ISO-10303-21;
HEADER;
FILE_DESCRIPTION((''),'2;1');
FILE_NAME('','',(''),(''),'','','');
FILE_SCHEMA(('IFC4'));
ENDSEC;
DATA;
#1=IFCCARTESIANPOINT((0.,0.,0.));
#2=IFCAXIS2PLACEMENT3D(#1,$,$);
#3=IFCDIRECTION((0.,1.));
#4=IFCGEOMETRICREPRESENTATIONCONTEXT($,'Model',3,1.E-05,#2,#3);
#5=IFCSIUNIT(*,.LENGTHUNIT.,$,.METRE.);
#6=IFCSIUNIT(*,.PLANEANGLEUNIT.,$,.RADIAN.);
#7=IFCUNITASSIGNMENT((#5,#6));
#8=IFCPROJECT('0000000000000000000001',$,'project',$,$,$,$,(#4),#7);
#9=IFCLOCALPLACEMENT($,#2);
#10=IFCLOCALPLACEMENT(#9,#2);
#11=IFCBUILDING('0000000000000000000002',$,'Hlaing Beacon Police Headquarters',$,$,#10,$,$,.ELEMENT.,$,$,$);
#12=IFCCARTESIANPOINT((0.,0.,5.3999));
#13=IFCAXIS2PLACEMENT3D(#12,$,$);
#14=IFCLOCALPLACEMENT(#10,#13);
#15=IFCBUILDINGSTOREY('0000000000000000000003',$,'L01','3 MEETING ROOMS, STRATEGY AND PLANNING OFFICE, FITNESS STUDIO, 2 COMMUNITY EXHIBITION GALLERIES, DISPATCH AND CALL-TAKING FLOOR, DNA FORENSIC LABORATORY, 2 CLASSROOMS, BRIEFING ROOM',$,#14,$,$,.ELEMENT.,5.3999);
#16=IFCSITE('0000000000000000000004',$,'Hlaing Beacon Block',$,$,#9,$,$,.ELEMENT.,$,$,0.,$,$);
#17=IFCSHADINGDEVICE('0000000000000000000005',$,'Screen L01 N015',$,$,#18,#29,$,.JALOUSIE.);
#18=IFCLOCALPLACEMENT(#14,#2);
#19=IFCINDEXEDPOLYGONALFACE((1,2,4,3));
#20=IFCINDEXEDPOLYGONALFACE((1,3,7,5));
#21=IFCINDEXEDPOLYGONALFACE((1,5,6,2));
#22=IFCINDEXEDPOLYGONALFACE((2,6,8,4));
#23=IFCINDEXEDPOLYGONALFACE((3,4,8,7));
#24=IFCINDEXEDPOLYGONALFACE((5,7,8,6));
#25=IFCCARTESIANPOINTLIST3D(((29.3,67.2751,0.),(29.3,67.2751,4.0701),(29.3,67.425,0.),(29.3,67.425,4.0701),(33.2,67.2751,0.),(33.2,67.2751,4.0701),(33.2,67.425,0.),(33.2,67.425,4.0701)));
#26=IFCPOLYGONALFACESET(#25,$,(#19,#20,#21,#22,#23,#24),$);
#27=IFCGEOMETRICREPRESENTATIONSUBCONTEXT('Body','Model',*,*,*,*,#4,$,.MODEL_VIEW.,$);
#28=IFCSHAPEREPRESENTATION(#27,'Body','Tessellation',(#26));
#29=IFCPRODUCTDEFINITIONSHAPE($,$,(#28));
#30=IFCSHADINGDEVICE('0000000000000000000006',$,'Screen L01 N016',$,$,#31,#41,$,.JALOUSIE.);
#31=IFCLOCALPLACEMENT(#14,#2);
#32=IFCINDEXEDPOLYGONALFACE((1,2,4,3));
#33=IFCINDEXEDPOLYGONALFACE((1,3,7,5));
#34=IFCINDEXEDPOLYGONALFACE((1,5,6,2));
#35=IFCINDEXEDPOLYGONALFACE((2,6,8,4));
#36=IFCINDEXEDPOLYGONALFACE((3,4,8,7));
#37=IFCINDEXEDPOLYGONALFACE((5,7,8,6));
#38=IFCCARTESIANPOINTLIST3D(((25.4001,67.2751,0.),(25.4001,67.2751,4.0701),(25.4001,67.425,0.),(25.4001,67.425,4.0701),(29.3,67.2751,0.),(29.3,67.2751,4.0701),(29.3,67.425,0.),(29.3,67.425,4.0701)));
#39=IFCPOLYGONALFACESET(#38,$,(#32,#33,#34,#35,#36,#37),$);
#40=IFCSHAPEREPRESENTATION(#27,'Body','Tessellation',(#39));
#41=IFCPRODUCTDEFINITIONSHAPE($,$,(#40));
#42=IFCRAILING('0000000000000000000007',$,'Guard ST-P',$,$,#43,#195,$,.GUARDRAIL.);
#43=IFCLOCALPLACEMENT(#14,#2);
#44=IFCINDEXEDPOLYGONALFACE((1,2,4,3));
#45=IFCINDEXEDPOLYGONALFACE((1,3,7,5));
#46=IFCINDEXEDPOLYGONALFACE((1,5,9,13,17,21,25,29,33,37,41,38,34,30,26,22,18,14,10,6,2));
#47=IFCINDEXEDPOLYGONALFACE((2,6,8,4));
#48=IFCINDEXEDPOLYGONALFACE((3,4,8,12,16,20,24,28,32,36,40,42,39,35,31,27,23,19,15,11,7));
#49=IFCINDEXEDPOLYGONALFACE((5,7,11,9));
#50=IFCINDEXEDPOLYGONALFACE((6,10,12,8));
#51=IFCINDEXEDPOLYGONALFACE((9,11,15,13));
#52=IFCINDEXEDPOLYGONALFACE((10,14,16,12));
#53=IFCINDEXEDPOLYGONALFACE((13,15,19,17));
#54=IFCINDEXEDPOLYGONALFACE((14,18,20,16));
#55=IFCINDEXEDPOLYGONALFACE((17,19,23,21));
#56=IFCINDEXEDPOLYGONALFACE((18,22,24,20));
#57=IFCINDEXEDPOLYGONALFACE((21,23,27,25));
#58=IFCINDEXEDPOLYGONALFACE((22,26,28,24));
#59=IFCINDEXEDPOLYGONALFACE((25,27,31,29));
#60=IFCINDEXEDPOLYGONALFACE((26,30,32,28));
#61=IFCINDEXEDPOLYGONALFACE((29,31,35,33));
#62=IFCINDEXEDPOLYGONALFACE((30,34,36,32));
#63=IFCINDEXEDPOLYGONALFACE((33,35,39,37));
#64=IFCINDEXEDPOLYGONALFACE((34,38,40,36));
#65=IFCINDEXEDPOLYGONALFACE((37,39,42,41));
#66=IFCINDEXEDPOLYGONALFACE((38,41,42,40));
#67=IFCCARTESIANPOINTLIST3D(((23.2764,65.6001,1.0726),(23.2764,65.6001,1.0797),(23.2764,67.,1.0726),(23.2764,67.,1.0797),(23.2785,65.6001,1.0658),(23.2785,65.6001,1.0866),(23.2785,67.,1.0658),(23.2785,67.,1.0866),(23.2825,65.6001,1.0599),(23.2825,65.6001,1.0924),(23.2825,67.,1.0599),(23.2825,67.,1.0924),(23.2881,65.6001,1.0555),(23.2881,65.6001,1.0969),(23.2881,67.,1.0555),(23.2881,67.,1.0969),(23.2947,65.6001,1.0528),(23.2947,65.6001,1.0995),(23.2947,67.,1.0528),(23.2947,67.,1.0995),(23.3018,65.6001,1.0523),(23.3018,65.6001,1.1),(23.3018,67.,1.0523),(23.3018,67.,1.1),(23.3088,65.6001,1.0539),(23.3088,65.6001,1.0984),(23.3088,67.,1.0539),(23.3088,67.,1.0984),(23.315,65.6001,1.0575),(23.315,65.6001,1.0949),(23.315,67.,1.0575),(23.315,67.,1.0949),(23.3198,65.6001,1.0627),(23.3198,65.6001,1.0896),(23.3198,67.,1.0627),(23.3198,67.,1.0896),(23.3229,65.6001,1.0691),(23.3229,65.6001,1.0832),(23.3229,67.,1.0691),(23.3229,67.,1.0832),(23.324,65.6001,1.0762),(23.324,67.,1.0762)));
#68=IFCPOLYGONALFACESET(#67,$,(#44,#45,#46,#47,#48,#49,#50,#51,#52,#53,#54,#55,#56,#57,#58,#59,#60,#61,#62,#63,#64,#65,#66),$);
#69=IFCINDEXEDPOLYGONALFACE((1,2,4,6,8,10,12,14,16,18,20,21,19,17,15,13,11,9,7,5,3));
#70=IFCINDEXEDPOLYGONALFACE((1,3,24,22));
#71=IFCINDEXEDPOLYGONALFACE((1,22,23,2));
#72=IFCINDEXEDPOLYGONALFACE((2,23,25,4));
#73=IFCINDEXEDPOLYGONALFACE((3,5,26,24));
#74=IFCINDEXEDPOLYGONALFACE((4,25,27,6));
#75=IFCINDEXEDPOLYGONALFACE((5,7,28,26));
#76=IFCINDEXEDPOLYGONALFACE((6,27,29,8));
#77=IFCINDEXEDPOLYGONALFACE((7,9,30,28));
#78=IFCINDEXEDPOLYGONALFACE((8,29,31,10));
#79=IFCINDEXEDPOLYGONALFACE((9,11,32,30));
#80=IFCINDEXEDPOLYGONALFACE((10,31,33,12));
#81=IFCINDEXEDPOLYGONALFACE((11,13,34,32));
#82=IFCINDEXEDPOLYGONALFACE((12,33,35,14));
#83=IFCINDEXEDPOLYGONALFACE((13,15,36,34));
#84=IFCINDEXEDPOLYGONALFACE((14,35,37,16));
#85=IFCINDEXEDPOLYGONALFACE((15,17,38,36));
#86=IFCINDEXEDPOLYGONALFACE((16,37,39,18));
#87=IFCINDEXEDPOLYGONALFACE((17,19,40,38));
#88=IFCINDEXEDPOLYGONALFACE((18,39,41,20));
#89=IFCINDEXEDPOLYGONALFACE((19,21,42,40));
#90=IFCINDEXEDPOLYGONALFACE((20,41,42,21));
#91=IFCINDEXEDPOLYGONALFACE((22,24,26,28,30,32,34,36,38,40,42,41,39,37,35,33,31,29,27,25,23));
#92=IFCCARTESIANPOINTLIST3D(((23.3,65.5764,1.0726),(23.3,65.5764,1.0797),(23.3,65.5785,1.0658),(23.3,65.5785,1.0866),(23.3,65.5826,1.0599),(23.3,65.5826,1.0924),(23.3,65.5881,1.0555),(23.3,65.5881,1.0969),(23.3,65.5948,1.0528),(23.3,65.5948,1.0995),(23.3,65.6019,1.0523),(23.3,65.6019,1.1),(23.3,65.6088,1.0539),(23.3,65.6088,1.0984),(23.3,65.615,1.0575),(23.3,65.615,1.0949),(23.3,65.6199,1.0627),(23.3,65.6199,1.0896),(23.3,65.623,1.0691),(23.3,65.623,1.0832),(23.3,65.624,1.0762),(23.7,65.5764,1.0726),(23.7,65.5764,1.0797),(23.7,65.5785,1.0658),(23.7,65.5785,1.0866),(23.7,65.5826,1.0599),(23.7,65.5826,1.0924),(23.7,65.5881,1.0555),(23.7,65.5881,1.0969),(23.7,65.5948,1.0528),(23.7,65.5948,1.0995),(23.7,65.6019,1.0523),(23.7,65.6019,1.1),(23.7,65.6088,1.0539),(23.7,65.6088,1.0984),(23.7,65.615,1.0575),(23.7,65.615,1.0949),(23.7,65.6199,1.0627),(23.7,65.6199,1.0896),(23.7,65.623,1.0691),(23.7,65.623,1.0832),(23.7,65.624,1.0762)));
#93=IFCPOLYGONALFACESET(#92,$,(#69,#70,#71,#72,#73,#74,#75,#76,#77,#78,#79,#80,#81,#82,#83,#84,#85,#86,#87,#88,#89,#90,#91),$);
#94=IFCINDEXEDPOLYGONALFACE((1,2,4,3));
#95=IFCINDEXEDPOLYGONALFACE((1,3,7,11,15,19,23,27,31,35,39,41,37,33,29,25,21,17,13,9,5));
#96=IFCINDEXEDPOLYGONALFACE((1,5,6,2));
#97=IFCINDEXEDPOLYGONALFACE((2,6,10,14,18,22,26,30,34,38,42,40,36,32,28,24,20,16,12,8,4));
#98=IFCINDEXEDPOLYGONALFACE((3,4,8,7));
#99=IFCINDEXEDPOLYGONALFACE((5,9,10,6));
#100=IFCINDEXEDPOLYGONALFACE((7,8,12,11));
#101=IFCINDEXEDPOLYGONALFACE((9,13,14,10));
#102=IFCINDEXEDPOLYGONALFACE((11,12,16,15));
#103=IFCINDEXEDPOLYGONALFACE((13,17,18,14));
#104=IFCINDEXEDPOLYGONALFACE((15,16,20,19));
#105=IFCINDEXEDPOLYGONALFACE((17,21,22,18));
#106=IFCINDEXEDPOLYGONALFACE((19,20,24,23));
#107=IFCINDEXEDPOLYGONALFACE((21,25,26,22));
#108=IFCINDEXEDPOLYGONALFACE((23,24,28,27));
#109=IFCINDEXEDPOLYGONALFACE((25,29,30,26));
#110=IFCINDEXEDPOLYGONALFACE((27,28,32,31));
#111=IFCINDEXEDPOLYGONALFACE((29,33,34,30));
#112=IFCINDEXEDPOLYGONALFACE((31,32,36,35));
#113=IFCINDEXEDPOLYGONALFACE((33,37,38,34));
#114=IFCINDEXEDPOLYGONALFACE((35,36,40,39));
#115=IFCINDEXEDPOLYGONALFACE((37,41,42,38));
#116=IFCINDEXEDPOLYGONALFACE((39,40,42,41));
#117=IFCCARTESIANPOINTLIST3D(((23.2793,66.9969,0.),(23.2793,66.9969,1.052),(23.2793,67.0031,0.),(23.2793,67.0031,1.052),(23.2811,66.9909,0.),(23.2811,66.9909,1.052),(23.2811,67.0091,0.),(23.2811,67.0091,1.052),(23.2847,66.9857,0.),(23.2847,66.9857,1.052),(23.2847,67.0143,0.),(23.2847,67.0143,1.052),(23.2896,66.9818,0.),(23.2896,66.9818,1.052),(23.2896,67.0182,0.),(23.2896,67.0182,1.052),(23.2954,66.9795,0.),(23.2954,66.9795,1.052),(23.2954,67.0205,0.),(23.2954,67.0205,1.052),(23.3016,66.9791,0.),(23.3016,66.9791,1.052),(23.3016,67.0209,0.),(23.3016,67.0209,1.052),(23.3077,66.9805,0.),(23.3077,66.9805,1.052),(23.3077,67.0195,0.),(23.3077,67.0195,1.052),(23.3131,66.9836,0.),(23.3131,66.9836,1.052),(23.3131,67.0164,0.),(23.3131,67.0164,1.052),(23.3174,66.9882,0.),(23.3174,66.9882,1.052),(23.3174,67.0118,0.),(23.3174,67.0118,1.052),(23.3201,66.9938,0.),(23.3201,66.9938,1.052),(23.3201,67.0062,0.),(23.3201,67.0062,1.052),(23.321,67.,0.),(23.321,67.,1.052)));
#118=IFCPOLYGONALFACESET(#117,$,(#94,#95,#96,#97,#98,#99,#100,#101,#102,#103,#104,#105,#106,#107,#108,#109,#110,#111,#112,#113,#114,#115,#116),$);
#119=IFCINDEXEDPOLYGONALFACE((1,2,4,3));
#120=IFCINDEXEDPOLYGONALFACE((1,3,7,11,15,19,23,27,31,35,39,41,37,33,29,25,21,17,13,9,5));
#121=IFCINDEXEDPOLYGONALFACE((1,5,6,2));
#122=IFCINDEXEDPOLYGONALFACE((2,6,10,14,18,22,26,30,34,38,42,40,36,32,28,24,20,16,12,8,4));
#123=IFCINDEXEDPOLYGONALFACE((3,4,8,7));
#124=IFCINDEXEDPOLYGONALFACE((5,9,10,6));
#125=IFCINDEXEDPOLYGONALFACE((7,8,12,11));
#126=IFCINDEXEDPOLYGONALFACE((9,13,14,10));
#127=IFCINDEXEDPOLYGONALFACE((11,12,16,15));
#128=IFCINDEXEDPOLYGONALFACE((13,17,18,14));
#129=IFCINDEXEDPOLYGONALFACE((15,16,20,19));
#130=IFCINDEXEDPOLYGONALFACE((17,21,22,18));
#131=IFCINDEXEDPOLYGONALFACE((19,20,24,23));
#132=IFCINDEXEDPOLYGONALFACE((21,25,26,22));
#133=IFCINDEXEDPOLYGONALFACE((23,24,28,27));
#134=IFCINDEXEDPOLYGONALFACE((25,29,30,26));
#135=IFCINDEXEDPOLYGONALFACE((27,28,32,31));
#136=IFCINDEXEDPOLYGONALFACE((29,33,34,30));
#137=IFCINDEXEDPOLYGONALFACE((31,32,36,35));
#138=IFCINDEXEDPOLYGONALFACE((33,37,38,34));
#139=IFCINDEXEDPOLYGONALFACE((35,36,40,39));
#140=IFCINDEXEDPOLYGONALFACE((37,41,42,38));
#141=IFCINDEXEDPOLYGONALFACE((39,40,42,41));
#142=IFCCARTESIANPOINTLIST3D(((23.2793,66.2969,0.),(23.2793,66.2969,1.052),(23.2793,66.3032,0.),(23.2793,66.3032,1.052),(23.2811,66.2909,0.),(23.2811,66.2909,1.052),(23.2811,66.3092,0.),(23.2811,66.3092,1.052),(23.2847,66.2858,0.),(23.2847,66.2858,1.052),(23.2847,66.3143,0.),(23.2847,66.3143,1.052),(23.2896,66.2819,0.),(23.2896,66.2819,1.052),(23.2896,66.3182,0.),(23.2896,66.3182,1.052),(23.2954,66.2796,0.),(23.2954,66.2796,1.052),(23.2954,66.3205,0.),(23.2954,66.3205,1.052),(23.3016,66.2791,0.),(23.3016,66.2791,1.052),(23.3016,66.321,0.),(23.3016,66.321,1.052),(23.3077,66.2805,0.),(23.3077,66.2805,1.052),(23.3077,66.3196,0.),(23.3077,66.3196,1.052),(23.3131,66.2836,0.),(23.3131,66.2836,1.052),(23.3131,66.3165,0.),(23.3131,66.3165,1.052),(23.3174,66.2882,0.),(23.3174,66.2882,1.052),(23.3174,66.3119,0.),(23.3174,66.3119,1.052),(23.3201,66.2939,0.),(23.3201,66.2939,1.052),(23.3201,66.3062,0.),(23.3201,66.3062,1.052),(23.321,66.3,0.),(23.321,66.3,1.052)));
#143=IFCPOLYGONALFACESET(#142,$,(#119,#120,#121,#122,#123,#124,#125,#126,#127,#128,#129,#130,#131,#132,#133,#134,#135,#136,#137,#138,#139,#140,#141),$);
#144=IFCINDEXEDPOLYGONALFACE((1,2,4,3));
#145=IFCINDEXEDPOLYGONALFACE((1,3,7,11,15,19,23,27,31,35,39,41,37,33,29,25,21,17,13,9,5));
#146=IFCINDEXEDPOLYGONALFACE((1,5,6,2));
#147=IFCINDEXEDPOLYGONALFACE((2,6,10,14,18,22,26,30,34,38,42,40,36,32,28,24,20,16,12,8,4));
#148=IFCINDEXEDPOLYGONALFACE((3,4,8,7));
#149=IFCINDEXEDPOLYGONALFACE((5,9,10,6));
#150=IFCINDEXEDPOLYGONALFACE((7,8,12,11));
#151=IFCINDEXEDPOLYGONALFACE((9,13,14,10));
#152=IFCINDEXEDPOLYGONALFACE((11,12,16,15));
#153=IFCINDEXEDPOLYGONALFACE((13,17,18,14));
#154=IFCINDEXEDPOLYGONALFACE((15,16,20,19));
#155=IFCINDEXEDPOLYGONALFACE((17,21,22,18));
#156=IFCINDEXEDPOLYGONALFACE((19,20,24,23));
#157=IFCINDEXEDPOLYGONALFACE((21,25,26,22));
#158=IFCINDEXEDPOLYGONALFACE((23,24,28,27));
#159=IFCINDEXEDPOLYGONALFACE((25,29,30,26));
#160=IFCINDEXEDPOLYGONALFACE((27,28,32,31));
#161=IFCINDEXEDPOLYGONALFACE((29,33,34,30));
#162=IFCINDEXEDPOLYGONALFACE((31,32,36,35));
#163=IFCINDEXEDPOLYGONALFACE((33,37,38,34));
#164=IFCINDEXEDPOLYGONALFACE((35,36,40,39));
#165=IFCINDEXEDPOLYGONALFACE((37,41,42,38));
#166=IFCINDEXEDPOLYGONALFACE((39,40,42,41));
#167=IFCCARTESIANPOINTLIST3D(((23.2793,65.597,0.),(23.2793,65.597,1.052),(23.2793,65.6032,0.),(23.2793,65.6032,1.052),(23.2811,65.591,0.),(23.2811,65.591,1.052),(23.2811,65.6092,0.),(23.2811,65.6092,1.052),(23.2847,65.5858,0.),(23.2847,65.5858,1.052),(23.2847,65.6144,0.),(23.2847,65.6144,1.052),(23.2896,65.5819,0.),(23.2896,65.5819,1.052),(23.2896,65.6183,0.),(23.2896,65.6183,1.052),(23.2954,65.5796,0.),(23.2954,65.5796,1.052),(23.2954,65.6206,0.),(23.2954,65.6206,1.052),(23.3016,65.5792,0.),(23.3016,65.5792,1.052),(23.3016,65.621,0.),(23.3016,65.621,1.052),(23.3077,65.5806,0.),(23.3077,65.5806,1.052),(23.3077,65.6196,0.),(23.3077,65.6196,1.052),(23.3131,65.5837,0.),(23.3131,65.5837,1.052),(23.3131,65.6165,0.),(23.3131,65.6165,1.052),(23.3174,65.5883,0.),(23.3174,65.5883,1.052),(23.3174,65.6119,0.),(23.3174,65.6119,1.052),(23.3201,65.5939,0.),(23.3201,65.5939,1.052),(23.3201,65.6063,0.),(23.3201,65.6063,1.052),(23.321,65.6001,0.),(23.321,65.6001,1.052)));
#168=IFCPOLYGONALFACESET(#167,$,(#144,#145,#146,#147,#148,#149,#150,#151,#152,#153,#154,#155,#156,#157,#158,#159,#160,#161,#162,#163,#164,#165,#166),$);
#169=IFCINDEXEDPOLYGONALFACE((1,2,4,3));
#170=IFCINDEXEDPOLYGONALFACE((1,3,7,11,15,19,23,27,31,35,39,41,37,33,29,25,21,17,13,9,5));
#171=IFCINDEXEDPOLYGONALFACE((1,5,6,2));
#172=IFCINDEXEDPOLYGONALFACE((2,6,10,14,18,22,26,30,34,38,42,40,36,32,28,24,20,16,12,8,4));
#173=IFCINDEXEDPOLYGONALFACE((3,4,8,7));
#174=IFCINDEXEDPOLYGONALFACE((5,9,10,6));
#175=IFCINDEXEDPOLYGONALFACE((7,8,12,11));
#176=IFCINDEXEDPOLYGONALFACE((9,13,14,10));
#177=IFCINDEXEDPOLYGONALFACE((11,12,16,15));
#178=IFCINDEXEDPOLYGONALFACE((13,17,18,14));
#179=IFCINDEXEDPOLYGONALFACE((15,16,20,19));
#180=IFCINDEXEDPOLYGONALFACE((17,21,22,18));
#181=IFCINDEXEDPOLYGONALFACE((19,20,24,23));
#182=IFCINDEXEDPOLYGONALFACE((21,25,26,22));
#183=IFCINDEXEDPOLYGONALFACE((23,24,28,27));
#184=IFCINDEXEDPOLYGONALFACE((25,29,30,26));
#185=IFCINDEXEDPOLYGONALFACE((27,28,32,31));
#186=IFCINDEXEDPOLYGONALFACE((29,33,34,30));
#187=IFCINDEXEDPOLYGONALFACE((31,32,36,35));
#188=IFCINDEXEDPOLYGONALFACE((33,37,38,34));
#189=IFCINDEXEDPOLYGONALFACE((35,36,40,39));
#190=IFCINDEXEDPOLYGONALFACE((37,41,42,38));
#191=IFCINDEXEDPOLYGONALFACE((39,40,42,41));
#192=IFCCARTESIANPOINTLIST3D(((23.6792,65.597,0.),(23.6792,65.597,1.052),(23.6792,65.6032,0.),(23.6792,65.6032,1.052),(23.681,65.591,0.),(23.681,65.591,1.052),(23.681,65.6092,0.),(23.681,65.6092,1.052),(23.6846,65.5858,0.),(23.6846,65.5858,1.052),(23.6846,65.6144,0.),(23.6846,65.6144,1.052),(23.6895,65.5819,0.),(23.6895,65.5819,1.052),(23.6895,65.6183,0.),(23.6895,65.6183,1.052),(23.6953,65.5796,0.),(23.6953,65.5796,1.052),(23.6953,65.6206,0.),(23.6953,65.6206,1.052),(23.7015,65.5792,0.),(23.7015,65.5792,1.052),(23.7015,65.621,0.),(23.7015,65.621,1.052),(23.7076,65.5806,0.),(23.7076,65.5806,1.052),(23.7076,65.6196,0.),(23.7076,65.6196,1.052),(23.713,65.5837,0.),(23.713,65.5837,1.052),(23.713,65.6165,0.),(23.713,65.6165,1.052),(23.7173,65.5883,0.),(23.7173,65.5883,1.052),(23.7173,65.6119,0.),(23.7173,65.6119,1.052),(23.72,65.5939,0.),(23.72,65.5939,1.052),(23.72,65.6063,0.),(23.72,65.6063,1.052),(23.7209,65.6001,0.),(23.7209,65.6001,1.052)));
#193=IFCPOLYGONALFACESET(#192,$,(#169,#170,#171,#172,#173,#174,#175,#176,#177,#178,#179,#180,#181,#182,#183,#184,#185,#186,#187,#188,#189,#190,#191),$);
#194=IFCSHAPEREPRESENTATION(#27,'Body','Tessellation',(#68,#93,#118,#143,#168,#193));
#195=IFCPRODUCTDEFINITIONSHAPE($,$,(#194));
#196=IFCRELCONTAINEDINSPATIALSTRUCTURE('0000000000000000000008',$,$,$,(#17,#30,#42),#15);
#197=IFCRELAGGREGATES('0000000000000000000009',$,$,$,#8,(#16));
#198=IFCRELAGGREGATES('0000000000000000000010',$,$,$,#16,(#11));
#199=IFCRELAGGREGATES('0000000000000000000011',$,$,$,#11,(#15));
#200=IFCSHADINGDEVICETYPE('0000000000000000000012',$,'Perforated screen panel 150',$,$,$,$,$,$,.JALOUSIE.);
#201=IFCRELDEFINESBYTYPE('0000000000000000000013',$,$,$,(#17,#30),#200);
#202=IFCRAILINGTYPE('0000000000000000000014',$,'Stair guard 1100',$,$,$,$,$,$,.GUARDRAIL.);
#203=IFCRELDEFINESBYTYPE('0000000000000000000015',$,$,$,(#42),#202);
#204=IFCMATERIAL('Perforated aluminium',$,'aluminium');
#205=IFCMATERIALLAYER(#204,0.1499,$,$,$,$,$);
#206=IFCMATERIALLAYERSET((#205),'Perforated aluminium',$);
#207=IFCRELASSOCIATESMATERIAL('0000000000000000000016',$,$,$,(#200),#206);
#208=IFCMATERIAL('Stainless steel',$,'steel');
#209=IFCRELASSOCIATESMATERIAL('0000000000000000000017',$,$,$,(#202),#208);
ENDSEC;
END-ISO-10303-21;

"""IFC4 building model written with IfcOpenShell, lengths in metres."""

from ifc_helpers import new_model, si_unit, direction, frame, origin, origin_2d, place, context, subcontext, project, spatial, rectangle, circle, extrude, material, layer, layer_set, type_object, element, save


model = new_model("IFC4")

# Units and contexts
model_context = context("Model", 3, precision=1e-05, world=origin(), true_north=direction((0.0, 1.0)))
body_context = subcontext(model_context, "Body", "Model", "MODEL_VIEW")
ifc_project = project(units=[si_unit("LENGTHUNIT", "METRE"), si_unit("PLANEANGLEUNIT", "RADIAN")], contexts=[model_context])

# Site, building, storey
site_placement = place(None, origin())
site = spatial("IfcSite", under=ifc_project, at=site_placement, Name="Hlaing Beacon Block", CompositionType="ELEMENT", RefElevation=0.0)
building_placement = place(site_placement, origin())
building = spatial("IfcBuilding", under=site, at=building_placement, Name="Hlaing Beacon Police Headquarters", CompositionType="ELEMENT")
storey_placement = place(building_placement, frame((0.0, 0.0, 5.3999)))
storey = spatial("IfcBuildingStorey", under=building, at=storey_placement, Name="L01", Description="3 MEETING ROOMS, STRATEGY AND PLANNING OFFICE, FITNESS STUDIO, 2 COMMUNITY EXHIBITION GALLERIES, DISPATCH AND CALL-TAKING FLOOR, DNA FORENSIC LABORATORY, 2 CLASSROOMS, BRIEFING ROOM", CompositionType="ELEMENT", Elevation=5.3999)

# Shading devices
ifc_material_1 = material(Name="Perforated aluminium", Category="aluminium")
ifc_layer_1 = layer(ifc_material_1, 0.1499)
ifc_layer_set_1 = layer_set([ifc_layer_1], Name="Perforated aluminium")
shading_device_type = type_object("IfcShadingDeviceType", Name="Perforated screen panel 150", PredefinedType="JALOUSIE", material=ifc_layer_set_1)
for number, where, z_axis, x_axis, name in (
    (1, (31.25, 67.3501, 0.0), (0.0, 0.0, 1.0), (-1.0, 0.0, 0.0), "Screen L01 N015"),
    (2, (27.3501, 67.3501, 0.0), (0.0, 0.0, 1.0), (-1.0, 0.0, 0.0), "Screen L01 N016"),
):
    element("IfcShadingDevice", number, at=place(storey_placement, frame(where, z_axis=z_axis, x_axis=x_axis)), inside=storey, type_object=shading_device_type, Name=name, PredefinedType="JALOUSIE", context=body_context, shape_type="SweptSolid", body=[
        extrude(rectangle(XDim=3.8999, YDim=0.1499, at=origin_2d()), origin(), (0.0, 0.0, 1.0), 4.0701),
    ])

# Railing
ifc_material_2 = material(Name="Stainless steel", Category="steel")
railing_type_1 = type_object("IfcRailingType", Name="Stair guard 1100", PredefinedType="GUARDRAIL", material=ifc_material_2)
railing_placement = place(storey_placement, frame((23.3, 67.0, 0.0)))
element("IfcRailing", 3, at=railing_placement, inside=storey, type_object=railing_type_1, Name="Guard ST-P", PredefinedType="GUARDRAIL", context=body_context, shape_type="SweptSolid", body=[
    extrude(circle(Radius=0.0239, at=origin_2d()), frame((0.0, 0.0, 1.0762), z_axis=(0.0, -1.0, 0.0), x_axis=(1.0, 0.0, 0.0)), (0.0, 0.0, 1.0), 1.3999),
    extrude(circle(Radius=0.0239, at=origin_2d()), frame((0.0, -1.3999, 1.0762), z_axis=(1.0, 0.0, 0.0), x_axis=(0.0, 1.0, 0.0)), (0.0, 0.0, 1.0), 0.3999),
    extrude(circle(Radius=0.021, at=origin_2d()), origin(), (0.0, 0.0, 1.0), 1.052),
    extrude(circle(Radius=0.021, at=origin_2d()), frame((0.0, -0.7, 0.0)), (0.0, 0.0, 1.0), 1.052),
    extrude(circle(Radius=0.021, at=origin_2d()), frame((0.0, -1.3999, 0.0)), (0.0, 0.0, 1.0), 1.052),
    extrude(circle(Radius=0.021, at=origin_2d()), frame((0.3999, -1.3999, 0.0)), (0.0, 0.0, 1.0), 1.052),
])

save(model, "model.ifc")
